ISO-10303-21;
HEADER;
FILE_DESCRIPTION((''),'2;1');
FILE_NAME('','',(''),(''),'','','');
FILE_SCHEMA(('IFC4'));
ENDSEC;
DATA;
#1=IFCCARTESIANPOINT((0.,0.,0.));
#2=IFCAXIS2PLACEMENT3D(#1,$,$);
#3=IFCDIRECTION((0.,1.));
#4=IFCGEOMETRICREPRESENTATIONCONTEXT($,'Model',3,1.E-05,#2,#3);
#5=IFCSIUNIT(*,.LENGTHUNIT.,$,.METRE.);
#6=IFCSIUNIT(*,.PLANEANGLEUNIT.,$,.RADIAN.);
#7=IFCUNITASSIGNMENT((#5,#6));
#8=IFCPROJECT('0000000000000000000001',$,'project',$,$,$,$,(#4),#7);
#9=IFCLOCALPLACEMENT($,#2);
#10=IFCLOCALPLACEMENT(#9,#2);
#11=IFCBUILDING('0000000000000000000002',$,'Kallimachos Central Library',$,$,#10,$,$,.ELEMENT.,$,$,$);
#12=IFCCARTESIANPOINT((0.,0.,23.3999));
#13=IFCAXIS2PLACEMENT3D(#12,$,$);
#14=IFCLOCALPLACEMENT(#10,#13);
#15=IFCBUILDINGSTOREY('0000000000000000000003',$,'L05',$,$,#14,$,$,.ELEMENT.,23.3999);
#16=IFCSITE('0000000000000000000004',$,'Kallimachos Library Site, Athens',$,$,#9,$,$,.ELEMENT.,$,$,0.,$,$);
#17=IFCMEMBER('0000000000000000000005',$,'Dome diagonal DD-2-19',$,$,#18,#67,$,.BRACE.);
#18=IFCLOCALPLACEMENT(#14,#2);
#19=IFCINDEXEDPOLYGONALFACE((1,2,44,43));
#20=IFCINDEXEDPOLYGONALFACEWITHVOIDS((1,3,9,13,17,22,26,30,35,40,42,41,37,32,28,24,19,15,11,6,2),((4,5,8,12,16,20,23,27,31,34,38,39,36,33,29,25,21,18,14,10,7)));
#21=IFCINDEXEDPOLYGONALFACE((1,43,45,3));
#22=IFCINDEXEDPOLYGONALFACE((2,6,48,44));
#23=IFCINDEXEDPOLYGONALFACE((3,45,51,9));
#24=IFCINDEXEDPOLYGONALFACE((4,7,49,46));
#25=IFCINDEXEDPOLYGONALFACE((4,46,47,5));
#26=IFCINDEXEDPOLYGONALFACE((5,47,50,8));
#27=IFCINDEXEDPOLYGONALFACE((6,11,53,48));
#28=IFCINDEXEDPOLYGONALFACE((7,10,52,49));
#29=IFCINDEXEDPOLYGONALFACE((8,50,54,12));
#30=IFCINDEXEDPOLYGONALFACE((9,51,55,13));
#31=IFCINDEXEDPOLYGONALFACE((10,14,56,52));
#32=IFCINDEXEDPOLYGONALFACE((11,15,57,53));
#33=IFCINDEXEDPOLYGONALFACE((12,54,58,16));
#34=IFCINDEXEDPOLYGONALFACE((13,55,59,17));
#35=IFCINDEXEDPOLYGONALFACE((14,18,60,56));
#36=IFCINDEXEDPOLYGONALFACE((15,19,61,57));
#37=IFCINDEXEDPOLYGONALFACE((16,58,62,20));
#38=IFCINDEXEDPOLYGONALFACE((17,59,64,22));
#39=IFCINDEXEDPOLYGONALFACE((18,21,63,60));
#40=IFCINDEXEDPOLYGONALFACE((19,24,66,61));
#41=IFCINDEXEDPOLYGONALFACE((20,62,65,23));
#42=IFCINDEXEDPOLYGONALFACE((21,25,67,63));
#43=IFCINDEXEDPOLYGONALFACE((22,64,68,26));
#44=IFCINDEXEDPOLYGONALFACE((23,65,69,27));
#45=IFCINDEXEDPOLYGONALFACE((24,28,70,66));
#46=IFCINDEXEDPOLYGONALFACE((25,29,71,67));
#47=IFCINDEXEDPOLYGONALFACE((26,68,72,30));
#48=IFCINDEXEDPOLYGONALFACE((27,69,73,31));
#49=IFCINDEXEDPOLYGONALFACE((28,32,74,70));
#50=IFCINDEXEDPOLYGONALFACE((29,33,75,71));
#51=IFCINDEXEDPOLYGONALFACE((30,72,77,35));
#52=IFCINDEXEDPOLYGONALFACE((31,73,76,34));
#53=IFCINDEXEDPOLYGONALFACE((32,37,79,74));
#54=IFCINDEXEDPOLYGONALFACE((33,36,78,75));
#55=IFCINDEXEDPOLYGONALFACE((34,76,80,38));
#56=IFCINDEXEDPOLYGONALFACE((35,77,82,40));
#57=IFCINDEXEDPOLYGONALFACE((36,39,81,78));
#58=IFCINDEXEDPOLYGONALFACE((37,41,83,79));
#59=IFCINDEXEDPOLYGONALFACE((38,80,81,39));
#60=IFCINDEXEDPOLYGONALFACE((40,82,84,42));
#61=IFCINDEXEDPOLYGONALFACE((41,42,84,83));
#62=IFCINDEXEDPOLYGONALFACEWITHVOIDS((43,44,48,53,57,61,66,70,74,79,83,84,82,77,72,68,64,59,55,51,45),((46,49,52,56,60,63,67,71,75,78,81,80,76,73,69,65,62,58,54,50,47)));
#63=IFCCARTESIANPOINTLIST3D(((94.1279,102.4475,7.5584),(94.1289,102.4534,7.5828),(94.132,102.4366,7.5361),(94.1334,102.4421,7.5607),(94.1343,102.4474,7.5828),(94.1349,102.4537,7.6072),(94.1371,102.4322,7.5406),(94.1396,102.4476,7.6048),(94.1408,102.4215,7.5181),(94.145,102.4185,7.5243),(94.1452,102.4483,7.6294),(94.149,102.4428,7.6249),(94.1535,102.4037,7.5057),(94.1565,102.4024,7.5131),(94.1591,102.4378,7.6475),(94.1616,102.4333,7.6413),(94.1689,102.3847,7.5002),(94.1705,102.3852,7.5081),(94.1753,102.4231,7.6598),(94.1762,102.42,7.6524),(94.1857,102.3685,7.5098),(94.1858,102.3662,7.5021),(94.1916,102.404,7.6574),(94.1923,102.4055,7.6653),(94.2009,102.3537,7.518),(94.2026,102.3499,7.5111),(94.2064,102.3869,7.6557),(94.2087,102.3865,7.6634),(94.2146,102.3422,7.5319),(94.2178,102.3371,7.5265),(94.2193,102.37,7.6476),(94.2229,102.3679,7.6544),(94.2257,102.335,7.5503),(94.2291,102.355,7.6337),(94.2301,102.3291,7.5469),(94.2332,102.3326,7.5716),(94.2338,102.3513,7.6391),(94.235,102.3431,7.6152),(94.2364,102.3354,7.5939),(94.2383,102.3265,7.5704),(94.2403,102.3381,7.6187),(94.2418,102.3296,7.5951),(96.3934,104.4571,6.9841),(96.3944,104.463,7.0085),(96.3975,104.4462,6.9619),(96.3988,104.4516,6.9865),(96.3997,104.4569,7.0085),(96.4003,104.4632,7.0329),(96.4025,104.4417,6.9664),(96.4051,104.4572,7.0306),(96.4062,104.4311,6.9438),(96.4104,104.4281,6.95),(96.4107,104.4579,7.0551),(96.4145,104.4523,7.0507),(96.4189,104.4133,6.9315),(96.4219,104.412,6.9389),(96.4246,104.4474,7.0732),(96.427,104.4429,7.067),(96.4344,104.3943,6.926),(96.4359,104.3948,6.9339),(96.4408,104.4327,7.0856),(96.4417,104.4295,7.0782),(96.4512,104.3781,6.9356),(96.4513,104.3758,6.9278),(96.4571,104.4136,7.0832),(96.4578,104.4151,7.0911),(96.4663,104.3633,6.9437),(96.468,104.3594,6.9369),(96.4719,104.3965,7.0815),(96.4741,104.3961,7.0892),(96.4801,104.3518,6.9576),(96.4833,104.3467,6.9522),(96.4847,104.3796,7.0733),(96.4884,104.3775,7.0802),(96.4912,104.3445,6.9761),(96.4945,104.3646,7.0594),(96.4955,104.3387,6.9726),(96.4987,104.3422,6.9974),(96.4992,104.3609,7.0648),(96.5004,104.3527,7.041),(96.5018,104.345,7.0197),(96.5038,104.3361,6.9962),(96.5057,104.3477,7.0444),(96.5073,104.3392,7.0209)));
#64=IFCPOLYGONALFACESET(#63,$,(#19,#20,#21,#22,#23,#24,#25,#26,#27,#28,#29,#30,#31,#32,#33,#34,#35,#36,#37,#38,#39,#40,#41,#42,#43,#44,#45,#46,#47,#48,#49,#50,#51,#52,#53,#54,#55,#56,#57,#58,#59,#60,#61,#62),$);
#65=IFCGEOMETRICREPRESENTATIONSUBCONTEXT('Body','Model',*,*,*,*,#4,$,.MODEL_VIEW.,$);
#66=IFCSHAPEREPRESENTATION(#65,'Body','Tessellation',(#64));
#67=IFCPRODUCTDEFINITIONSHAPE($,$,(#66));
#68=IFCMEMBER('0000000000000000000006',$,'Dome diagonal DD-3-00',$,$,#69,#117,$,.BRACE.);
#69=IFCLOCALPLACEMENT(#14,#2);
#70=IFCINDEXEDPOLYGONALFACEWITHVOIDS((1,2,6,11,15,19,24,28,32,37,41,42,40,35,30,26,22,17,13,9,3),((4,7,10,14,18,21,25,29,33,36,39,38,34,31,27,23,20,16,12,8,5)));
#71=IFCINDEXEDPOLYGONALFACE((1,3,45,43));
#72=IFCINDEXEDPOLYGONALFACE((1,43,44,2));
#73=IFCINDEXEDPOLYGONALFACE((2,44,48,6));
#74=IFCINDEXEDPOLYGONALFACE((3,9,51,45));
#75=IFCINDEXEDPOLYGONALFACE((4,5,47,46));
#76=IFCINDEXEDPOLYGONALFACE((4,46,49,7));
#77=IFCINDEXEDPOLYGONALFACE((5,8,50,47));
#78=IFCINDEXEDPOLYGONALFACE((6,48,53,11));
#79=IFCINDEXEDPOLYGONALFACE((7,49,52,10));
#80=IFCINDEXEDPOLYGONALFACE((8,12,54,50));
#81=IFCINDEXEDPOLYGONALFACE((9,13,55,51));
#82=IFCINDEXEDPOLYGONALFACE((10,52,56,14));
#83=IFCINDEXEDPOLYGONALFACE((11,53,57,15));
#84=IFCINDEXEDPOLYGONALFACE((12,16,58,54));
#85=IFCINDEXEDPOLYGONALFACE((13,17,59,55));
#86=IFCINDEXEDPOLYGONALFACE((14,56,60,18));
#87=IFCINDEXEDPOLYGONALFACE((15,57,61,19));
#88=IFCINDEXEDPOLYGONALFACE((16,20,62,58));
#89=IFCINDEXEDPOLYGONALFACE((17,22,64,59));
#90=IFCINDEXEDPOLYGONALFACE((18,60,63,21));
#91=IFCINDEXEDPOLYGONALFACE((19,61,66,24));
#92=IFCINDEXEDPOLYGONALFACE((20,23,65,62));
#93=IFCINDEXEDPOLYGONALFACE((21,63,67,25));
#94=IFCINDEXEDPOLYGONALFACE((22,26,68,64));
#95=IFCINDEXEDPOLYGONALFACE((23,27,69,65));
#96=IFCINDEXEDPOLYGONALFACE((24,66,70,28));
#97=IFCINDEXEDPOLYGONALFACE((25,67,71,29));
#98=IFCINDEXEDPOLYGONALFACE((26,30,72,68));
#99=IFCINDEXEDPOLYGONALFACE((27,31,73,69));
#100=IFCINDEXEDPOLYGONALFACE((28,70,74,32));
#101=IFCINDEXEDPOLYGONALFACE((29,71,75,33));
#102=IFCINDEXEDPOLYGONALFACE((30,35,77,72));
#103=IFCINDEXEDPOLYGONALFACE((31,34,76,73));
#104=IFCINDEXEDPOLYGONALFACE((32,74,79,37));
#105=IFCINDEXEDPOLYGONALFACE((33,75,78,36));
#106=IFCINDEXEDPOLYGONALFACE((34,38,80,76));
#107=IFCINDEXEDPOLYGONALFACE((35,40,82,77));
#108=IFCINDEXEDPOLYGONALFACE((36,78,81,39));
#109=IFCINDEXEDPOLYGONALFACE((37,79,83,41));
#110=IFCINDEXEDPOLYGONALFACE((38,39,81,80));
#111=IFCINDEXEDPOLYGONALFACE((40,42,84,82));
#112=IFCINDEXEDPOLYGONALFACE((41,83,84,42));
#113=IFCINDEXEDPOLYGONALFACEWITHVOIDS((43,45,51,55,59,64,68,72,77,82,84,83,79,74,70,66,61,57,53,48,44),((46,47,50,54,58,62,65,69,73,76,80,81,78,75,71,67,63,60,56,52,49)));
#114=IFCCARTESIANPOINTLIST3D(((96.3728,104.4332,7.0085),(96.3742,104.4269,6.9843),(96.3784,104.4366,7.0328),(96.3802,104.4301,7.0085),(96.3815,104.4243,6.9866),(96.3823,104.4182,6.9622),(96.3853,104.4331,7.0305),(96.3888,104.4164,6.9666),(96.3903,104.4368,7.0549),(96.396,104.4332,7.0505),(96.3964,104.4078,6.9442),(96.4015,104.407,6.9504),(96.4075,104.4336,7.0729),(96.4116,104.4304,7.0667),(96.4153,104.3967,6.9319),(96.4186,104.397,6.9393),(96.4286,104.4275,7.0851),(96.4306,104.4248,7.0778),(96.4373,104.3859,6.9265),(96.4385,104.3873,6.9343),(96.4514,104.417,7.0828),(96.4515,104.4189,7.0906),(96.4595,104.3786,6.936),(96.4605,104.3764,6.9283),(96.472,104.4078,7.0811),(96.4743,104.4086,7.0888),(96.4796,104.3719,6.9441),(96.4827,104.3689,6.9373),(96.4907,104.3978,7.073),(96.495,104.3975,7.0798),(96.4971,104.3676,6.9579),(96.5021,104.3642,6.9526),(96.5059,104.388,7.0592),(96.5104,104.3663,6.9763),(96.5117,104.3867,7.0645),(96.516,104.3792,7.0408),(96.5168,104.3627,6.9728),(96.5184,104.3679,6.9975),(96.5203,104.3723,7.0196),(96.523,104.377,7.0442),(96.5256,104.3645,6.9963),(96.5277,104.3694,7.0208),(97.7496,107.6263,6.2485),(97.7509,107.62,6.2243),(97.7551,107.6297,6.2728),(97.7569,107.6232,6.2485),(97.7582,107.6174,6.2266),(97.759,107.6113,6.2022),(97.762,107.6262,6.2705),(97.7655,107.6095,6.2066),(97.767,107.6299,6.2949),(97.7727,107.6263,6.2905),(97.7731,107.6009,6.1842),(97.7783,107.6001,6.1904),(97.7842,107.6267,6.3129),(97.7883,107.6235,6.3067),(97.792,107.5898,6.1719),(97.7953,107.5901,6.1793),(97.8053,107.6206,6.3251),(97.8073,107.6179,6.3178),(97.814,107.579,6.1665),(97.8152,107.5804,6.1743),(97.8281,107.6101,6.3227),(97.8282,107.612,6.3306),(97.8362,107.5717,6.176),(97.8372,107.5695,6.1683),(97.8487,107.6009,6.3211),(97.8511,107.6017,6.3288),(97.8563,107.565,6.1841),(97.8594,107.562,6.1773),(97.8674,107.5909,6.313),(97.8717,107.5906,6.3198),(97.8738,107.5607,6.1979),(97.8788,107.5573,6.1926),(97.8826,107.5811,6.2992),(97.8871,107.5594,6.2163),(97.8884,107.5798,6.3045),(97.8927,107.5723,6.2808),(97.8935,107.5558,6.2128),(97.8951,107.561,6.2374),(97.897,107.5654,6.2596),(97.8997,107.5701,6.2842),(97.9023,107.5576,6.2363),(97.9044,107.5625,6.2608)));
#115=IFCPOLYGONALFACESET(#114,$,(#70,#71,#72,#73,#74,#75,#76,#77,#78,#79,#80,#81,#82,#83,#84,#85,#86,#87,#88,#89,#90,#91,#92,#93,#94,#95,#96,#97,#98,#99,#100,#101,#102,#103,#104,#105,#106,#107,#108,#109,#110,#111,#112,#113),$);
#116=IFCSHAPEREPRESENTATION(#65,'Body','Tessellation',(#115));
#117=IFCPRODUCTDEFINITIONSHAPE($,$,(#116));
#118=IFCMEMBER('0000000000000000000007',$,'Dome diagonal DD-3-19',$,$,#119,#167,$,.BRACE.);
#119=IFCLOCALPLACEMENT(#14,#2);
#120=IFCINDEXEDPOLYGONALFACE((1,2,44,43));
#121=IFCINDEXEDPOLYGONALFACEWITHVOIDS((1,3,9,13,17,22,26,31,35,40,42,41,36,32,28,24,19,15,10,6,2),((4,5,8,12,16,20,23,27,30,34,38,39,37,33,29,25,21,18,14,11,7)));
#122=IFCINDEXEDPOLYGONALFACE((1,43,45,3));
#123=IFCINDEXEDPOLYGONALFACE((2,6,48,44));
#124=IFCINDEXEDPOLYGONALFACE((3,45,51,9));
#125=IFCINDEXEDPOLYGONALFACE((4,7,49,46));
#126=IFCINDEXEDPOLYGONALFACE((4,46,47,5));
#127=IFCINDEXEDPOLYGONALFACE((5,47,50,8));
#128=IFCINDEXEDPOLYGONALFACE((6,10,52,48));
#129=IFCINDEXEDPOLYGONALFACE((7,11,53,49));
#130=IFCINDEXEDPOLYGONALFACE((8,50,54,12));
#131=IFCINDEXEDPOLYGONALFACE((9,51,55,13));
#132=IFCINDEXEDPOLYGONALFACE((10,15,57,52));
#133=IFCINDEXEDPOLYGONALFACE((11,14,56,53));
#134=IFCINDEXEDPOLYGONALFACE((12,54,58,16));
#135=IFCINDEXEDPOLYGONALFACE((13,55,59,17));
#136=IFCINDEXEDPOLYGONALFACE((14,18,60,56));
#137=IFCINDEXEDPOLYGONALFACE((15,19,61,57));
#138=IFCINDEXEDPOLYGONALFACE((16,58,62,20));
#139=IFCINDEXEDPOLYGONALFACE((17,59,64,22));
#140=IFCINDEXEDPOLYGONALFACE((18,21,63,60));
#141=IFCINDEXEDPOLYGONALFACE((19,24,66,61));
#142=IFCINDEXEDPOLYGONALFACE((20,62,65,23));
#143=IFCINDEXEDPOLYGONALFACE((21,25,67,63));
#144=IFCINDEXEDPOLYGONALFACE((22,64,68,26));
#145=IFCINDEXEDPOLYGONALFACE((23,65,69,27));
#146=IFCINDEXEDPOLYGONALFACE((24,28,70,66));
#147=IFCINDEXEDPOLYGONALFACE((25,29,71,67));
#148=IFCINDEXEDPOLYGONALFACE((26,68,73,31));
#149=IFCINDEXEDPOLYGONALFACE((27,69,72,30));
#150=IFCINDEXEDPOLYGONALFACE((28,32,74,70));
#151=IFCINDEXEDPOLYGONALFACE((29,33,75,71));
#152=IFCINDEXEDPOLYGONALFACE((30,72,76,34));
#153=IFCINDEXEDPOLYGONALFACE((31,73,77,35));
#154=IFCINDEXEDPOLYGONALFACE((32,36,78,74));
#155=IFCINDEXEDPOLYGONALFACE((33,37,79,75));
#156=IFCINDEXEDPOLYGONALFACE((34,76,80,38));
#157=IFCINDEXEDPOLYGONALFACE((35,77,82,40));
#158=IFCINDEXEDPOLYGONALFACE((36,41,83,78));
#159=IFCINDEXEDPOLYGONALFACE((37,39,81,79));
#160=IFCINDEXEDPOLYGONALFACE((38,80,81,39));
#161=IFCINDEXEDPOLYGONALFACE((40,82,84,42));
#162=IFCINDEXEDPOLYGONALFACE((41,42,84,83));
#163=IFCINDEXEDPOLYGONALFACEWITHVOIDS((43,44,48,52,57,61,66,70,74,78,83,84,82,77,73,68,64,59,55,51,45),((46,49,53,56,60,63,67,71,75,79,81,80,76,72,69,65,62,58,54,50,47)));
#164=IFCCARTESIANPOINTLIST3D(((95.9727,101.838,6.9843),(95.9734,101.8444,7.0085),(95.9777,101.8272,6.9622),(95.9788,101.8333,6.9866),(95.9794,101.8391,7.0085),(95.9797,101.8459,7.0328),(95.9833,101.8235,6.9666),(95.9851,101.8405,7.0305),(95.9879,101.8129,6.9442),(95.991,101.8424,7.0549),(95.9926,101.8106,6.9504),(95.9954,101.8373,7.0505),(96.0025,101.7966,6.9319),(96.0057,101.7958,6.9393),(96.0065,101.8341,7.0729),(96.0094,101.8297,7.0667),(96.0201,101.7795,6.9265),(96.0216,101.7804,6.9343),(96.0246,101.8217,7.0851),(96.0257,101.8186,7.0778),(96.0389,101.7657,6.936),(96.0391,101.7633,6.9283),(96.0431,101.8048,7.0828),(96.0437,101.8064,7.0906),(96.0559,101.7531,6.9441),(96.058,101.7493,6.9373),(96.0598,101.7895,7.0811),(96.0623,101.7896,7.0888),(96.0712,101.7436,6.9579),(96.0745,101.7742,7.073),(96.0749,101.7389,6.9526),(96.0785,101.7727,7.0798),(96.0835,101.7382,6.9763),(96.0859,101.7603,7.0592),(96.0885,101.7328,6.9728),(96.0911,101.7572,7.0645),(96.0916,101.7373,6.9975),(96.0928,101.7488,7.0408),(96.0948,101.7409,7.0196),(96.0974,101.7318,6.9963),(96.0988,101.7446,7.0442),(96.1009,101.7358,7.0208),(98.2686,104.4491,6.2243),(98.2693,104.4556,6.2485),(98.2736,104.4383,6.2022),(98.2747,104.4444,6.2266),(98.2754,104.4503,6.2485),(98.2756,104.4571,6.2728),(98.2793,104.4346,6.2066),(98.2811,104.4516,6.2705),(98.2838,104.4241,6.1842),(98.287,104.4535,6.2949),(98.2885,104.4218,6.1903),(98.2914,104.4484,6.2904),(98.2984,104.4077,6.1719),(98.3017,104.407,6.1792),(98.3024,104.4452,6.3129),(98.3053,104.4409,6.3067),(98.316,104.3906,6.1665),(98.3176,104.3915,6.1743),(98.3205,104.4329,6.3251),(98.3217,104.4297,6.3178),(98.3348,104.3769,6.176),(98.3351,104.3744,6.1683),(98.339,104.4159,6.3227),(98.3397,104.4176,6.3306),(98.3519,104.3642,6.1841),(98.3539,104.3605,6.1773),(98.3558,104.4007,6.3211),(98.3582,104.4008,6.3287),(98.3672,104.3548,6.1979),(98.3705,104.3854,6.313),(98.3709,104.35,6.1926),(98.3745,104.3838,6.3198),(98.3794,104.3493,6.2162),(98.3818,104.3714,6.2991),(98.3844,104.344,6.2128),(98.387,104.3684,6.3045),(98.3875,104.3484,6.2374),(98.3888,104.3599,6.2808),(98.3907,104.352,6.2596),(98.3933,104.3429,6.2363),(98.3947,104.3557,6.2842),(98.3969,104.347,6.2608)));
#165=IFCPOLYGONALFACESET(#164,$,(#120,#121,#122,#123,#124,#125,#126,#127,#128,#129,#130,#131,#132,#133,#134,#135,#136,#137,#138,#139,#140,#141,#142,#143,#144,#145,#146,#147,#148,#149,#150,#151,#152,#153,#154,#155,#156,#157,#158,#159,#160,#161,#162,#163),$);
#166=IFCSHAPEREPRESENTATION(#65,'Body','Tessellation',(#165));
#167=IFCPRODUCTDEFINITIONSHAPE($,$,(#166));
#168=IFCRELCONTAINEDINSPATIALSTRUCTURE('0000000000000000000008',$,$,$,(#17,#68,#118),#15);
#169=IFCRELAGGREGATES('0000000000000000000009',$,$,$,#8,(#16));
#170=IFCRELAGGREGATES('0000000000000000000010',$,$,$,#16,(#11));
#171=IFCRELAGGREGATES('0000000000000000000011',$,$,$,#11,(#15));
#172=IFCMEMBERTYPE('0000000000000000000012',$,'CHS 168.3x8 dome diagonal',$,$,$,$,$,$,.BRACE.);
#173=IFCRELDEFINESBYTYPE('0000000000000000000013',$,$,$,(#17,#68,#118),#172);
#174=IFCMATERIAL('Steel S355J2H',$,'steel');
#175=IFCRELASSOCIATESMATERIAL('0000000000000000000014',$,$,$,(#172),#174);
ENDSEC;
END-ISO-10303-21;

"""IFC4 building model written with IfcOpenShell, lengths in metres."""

from ifc_helpers import new_model, si_unit, direction, frame, origin, origin_2d, place, context, subcontext, project, spatial, hollow_circle, extrude, material, material_profile, profile_set, type_object, element, save


model = new_model("IFC4")

# Units and contexts
model_context = context("Model", 3, precision=1e-05, world=origin(), true_north=direction((0.0, 1.0)))
body_context = subcontext(model_context, "Body", "Model", "MODEL_VIEW")
ifc_project = project(units=[si_unit("LENGTHUNIT", "METRE"), si_unit("PLANEANGLEUNIT", "RADIAN")], contexts=[model_context])

# Site, building, storey
site_placement = place(None, origin())
site = spatial("IfcSite", under=ifc_project, at=site_placement, Name="Kallimachos Library Site, Athens", CompositionType="ELEMENT", RefElevation=0.0)
building_placement = place(site_placement, origin())
building = spatial("IfcBuilding", under=site, at=building_placement, Name="Kallimachos Central Library", CompositionType="ELEMENT")
storey_placement = place(building_placement, frame((0.0, 0.0, 23.3999)))
storey = spatial("IfcBuildingStorey", under=building, at=storey_placement, Name="L05", CompositionType="ELEMENT", Elevation=23.3999)

# Members
ifc_material_1 = material(Name="Steel S355J2H", Category="steel")
ifc_material_profile_1 = material_profile(ifc_material_1, hollow_circle(Radius=0.0842, WallThickness=0.0081, at=origin_2d()), Name="CHS 168.3x8")
ifc_profile_set_1 = profile_set([ifc_material_profile_1], Name="Steel S355J2H")
member_type_1 = type_object("IfcMemberType", Name="CHS 168.3x8 dome diagonal", PredefinedType="BRACE", material=ifc_profile_set_1)
for number, where, z_axis, x_axis, name in (
    (1, (94.1848, 102.3904, 7.5828), (0.734992, 0.65198, -0.186303), (-0.663598, 0.748089, 0.0), "Dome diagonal DD-2-19"),
):
    element("IfcMember", number, at=place(storey_placement, frame(where, z_axis=z_axis, x_axis=x_axis)), inside=storey, type_object=member_type_1, Name=name, PredefinedType="BRACE", context=body_context, shape_type="SweptSolid", body=[
        extrude(hollow_circle(Radius=0.0842, WallThickness=0.0081, at=origin_2d()), origin(), (0.0, 0.0, 1.0), 3.0823),
    ])
member_1_placement = place(storey_placement, frame((96.4502, 104.3999, 7.0085), z_axis=(0.386787, 0.897108, -0.213525), x_axis=(-0.918286, 0.395918, 0.0)))
element("IfcMember", 2, at=member_1_placement, inside=storey, type_object=member_type_1, Name="Dome diagonal DD-3-00", PredefinedType="BRACE", context=body_context, shape_type="SweptSolid", body=[
    extrude(hollow_circle(Radius=0.0842, WallThickness=0.0081, at=origin_2d()), origin(), (0.0, 0.0, 1.0), 3.5593),
])
member_2_placement = place(storey_placement, frame((96.0366, 101.7888, 7.0085), z_axis=(0.645095, 0.733655, -0.213546), x_axis=(-0.750978, 0.660327, 0.0)))
element("IfcMember", 3, at=member_2_placement, inside=storey, type_object=member_type_1, Name="Dome diagonal DD-3-19", PredefinedType="BRACE", context=body_context, shape_type="SweptSolid", body=[
    extrude(hollow_circle(Radius=0.0842, WallThickness=0.0081, at=origin_2d()), origin(), (0.0, 0.0, 1.0), 3.5591),
])

save(model, "model.ifc")
